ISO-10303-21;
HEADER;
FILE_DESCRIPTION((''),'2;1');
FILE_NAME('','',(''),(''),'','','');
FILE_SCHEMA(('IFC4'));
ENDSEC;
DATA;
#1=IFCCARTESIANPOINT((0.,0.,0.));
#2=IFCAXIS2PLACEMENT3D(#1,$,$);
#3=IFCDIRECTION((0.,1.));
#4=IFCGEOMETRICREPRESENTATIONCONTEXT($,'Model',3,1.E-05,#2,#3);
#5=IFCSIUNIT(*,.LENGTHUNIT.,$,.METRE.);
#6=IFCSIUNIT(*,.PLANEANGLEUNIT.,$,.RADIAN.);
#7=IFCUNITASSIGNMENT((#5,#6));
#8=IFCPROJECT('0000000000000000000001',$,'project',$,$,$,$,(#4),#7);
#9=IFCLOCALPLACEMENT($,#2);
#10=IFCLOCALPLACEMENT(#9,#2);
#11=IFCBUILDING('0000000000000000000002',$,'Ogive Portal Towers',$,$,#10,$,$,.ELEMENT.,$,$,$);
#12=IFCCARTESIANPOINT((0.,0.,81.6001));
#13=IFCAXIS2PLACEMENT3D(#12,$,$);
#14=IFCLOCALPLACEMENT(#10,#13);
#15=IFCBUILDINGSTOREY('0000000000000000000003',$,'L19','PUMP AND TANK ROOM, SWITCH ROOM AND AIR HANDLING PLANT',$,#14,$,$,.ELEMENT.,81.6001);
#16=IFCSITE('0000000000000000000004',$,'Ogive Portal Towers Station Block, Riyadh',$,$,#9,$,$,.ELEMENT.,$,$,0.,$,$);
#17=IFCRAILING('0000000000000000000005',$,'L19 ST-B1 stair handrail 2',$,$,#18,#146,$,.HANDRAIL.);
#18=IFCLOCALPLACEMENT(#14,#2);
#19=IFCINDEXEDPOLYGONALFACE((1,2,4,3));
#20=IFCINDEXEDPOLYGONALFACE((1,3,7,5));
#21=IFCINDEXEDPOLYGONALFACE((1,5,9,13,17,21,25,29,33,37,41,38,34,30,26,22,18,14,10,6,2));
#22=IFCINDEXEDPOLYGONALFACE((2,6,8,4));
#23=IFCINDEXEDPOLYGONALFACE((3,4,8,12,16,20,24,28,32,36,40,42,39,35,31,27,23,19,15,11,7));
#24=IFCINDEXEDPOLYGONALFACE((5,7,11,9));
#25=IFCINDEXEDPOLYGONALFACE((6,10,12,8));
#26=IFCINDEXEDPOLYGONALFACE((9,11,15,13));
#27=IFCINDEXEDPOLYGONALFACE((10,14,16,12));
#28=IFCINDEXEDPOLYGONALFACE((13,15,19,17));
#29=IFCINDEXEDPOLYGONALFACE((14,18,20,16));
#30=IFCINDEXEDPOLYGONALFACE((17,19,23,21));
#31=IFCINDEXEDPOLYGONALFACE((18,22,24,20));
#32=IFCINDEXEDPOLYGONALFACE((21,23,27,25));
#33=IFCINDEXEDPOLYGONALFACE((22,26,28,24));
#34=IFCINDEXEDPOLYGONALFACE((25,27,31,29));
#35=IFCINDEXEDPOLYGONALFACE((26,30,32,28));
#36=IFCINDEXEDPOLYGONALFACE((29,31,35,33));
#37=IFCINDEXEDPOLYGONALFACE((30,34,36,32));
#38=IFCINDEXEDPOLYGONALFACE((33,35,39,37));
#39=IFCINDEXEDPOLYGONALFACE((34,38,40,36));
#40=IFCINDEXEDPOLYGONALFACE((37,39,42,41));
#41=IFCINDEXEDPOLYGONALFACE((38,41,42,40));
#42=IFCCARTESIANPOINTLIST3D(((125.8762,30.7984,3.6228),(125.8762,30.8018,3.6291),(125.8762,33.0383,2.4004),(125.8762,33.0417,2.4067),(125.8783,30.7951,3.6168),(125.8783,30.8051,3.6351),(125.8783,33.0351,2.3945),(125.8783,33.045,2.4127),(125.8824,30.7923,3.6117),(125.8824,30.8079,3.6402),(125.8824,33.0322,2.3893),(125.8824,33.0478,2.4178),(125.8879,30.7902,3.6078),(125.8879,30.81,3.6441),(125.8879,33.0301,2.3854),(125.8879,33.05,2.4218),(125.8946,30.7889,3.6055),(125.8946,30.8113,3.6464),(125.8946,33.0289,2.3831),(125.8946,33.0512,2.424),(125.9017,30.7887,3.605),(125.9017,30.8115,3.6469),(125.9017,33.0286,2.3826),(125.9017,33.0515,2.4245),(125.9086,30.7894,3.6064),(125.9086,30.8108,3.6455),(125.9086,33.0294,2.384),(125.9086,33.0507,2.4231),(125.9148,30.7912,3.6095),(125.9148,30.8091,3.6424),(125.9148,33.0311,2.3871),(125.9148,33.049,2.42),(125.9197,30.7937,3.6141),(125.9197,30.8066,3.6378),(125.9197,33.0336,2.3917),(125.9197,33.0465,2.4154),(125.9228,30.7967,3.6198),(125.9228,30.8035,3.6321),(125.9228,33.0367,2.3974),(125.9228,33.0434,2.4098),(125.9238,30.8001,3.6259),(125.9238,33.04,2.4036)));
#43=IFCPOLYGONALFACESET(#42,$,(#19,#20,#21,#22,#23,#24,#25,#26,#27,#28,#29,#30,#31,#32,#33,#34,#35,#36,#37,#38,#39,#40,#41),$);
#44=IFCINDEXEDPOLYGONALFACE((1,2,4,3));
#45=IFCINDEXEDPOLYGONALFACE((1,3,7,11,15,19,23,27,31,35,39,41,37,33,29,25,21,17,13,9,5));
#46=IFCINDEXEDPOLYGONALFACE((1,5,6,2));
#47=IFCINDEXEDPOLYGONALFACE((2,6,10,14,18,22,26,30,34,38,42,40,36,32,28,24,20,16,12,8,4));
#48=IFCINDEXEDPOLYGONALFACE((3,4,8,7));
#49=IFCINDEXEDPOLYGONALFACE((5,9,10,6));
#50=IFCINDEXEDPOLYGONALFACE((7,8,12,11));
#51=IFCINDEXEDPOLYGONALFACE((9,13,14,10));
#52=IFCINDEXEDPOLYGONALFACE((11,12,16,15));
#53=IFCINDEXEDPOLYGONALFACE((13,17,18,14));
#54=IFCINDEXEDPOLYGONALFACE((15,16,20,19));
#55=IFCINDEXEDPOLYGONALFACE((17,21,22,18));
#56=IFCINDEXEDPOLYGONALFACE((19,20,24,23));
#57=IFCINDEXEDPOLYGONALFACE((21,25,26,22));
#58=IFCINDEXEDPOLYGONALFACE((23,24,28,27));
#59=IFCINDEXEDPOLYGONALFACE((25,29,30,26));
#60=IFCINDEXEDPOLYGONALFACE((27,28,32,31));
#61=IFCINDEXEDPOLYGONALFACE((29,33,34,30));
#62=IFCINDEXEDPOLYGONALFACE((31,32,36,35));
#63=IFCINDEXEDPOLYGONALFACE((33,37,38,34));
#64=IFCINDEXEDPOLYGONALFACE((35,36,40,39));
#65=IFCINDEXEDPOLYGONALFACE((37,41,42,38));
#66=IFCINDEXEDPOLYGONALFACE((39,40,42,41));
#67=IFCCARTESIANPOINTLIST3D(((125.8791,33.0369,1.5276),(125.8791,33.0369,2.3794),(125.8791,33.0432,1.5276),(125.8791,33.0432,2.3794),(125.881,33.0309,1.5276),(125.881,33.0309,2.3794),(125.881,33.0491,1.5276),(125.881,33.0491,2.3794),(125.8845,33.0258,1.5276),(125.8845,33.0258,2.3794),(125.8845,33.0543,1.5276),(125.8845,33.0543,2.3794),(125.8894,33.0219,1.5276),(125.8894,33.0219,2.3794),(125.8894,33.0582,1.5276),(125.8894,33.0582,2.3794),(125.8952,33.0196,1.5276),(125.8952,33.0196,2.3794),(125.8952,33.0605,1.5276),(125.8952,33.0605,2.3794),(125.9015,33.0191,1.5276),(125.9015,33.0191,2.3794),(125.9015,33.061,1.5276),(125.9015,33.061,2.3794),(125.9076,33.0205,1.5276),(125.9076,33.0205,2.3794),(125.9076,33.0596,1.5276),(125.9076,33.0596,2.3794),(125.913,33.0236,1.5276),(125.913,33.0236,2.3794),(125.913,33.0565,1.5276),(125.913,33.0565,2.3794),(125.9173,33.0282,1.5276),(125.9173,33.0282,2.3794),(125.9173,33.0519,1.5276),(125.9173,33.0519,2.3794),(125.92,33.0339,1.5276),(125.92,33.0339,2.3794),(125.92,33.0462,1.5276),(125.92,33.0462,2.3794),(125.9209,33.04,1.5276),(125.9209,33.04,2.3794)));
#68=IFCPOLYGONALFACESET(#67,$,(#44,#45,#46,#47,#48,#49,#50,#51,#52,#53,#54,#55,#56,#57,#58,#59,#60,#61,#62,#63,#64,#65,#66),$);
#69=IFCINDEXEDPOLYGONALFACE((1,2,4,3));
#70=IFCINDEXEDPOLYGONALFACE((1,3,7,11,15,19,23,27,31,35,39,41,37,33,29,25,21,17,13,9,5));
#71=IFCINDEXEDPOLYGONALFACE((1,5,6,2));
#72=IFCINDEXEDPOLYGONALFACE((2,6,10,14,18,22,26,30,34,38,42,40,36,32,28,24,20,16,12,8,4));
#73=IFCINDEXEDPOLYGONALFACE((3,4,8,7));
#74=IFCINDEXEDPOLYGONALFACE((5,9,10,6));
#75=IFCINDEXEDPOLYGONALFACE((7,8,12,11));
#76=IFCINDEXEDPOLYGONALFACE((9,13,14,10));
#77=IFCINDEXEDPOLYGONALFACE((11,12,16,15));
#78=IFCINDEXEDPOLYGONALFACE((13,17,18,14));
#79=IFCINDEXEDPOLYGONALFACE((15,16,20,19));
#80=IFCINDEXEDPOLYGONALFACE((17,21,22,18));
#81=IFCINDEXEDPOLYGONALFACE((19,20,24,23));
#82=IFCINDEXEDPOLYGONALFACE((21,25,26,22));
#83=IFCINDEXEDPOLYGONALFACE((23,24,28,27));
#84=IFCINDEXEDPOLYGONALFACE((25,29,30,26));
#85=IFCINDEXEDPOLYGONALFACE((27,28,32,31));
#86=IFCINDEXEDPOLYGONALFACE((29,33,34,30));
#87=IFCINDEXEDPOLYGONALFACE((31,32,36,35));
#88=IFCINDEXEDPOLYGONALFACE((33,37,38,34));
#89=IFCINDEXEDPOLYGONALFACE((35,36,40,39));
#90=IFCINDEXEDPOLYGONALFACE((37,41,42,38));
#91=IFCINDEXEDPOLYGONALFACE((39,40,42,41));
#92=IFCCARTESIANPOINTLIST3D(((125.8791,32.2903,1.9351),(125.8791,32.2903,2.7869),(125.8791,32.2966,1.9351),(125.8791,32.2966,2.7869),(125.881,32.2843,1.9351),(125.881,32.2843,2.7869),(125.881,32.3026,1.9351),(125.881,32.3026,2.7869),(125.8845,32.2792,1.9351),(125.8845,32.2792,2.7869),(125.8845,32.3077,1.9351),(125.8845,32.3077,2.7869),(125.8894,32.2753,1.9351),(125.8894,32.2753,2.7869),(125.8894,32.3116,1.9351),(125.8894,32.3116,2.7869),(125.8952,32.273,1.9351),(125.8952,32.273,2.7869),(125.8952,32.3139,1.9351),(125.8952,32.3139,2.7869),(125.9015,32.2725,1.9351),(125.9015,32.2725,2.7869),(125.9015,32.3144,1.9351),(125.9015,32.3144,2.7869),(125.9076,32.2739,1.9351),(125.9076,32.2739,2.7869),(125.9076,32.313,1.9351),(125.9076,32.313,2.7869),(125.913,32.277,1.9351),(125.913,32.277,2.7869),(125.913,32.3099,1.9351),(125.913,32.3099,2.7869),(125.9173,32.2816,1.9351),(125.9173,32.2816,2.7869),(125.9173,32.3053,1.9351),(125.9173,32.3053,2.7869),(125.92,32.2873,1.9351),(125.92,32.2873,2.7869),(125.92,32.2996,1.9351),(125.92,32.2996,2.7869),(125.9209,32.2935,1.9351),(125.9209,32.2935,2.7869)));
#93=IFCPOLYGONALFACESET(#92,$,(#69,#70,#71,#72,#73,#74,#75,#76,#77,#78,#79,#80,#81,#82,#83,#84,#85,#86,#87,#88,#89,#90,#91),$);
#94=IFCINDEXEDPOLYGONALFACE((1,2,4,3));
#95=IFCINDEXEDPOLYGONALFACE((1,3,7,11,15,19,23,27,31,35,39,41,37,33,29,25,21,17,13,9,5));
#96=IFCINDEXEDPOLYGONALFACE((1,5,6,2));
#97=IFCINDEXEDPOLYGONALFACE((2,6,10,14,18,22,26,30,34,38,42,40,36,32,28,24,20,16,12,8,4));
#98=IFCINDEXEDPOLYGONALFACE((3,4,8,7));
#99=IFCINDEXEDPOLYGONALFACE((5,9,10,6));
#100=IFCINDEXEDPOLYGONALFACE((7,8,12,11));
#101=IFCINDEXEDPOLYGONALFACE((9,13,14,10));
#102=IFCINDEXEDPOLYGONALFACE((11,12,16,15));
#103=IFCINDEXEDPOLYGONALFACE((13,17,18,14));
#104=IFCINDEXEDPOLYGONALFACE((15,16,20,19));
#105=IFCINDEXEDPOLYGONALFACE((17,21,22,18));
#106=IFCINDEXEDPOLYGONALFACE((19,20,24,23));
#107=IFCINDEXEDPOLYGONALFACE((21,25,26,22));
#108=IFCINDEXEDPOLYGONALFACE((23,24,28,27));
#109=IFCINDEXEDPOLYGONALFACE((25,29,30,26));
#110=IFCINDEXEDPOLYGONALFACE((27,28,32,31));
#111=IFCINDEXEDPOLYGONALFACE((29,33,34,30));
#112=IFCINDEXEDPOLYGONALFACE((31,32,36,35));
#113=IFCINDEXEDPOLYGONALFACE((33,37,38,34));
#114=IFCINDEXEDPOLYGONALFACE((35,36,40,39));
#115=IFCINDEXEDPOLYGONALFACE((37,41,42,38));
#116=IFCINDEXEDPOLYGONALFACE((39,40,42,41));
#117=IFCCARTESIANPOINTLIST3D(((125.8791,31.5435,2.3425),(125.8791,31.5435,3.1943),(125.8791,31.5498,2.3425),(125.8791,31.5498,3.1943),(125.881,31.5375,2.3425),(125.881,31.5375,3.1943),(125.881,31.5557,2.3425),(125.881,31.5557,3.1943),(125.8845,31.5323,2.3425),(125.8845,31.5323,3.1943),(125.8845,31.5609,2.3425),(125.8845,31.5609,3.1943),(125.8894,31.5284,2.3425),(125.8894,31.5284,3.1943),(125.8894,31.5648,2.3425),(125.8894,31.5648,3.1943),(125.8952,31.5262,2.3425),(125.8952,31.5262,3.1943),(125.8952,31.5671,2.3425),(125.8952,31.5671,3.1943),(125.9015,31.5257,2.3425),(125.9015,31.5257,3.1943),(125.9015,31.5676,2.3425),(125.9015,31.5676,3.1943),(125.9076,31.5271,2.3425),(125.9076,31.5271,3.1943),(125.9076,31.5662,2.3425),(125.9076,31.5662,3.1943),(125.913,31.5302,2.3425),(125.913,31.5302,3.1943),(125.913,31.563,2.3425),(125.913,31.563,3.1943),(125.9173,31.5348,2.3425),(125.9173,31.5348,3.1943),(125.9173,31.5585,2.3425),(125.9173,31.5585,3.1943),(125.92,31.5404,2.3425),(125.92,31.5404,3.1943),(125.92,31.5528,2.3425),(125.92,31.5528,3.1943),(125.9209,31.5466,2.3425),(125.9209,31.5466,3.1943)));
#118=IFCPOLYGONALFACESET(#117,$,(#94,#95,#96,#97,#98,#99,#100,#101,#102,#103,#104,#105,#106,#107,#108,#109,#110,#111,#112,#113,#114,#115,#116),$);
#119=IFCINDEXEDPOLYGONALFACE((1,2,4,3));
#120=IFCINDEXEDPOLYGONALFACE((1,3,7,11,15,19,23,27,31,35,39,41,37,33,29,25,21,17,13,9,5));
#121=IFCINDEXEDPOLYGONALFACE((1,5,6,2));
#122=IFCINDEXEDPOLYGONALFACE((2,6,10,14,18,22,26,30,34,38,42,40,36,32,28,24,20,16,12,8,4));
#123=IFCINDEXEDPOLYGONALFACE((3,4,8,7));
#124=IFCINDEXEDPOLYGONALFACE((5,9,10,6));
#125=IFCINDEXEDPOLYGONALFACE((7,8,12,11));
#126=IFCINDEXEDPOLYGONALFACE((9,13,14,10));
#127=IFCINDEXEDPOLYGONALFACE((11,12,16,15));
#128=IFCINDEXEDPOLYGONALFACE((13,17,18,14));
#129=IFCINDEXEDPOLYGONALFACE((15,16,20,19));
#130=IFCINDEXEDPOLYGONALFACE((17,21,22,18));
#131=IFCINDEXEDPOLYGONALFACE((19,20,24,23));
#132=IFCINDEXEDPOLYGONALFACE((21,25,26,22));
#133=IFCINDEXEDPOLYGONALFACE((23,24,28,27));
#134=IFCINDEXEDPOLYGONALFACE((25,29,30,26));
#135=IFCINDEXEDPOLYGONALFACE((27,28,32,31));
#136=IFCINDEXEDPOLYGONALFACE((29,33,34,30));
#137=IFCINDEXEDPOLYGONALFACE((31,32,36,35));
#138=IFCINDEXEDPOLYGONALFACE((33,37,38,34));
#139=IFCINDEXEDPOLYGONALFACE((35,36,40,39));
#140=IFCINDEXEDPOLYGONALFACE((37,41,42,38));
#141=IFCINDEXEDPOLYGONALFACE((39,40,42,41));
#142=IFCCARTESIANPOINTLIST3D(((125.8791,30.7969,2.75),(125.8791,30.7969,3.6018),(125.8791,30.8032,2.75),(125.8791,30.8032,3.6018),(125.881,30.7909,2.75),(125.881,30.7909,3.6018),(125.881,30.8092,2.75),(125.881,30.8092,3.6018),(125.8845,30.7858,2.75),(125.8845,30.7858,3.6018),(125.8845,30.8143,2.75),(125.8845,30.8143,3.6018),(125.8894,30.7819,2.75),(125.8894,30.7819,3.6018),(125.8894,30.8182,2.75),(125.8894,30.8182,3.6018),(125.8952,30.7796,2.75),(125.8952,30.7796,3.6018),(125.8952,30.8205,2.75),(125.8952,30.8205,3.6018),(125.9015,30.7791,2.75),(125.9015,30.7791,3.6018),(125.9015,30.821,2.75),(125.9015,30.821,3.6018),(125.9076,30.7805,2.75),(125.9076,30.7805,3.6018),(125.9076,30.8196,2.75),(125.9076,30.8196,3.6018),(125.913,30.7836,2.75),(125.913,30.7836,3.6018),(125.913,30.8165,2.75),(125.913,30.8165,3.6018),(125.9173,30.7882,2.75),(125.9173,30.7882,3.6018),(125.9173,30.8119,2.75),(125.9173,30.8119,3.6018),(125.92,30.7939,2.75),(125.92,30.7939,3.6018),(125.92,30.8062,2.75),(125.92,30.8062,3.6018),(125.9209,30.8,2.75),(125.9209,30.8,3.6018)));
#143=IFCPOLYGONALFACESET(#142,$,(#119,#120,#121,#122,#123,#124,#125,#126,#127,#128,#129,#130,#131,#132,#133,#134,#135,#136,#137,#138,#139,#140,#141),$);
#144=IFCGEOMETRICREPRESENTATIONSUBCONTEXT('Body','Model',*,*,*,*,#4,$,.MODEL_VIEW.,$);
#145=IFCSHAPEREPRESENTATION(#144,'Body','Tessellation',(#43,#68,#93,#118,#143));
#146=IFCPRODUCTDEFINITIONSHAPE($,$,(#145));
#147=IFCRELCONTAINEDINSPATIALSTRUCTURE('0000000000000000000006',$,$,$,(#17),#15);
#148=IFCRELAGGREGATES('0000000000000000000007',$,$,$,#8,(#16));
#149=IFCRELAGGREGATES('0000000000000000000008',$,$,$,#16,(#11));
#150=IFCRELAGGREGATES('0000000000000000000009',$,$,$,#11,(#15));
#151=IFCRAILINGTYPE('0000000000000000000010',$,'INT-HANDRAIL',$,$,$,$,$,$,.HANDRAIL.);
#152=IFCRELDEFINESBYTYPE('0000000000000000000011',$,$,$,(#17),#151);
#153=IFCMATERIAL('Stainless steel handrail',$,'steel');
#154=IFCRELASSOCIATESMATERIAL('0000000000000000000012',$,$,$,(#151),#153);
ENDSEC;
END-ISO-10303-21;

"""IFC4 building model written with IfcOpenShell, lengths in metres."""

from ifc_helpers import new_model, si_unit, direction, frame, origin, origin_2d, place, context, subcontext, project, spatial, circle, extrude, material, type_object, element, save


model = new_model("IFC4")

# Units and contexts
model_context = context("Model", 3, precision=1e-05, world=origin(), true_north=direction((0.0, 1.0)))
body_context = subcontext(model_context, "Body", "Model", "MODEL_VIEW")
ifc_project = project(units=[si_unit("LENGTHUNIT", "METRE"), si_unit("PLANEANGLEUNIT", "RADIAN")], contexts=[model_context])

# Site, building, storey
site_placement = place(None, origin())
site = spatial("IfcSite", under=ifc_project, at=site_placement, Name="Ogive Portal Towers Station Block, Riyadh", CompositionType="ELEMENT", RefElevation=0.0)
building_placement = place(site_placement, origin())
building = spatial("IfcBuilding", under=site, at=building_placement, Name="Ogive Portal Towers", CompositionType="ELEMENT")
storey_placement = place(building_placement, frame((0.0, 0.0, 81.6001)))
storey = spatial("IfcBuildingStorey", under=building, at=storey_placement, Name="L19", Description="PUMP AND TANK ROOM, SWITCH ROOM AND AIR HANDLING PLANT", CompositionType="ELEMENT", Elevation=81.6001)

# Railing
ifc_material_1 = material(Name="Stainless steel handrail", Category="steel")
railing_type_1 = type_object("IfcRailingType", Name="INT-HANDRAIL", PredefinedType="HANDRAIL", material=ifc_material_1)
railing_1_placement = place(storey_placement, frame((125.8999, 33.04, 1.5276)))
element("IfcRailing", 1, at=railing_1_placement, inside=storey, type_object=railing_type_1, Name="L19 ST-B1 stair handrail 2", PredefinedType="HANDRAIL", context=body_context, shape_type="SweptSolid", body=[
    extrude(circle(Radius=0.0239, at=origin_2d()), frame((0.0, 0.0, 0.876), z_axis=(0.0, -0.877797, 0.479033), x_axis=(1.0, 0.0, 0.0)), (0.0, 0.0, 1.0), 2.5518),
    extrude(circle(Radius=0.021, at=origin_2d()), origin(), (0.0, 0.0, 1.0), 0.8518),
    extrude(circle(Radius=0.021, at=origin_2d()), frame((0.0, -0.7466, 0.4075)), (0.0, 0.0, 1.0), 0.8518),
    extrude(circle(Radius=0.021, at=origin_2d()), frame((0.0, -1.4934, 0.8149)), (0.0, 0.0, 1.0), 0.8518),
    extrude(circle(Radius=0.021, at=origin_2d()), frame((0.0, -2.24, 1.2224)), (0.0, 0.0, 1.0), 0.8518),
])

save(model, "model.ifc")
